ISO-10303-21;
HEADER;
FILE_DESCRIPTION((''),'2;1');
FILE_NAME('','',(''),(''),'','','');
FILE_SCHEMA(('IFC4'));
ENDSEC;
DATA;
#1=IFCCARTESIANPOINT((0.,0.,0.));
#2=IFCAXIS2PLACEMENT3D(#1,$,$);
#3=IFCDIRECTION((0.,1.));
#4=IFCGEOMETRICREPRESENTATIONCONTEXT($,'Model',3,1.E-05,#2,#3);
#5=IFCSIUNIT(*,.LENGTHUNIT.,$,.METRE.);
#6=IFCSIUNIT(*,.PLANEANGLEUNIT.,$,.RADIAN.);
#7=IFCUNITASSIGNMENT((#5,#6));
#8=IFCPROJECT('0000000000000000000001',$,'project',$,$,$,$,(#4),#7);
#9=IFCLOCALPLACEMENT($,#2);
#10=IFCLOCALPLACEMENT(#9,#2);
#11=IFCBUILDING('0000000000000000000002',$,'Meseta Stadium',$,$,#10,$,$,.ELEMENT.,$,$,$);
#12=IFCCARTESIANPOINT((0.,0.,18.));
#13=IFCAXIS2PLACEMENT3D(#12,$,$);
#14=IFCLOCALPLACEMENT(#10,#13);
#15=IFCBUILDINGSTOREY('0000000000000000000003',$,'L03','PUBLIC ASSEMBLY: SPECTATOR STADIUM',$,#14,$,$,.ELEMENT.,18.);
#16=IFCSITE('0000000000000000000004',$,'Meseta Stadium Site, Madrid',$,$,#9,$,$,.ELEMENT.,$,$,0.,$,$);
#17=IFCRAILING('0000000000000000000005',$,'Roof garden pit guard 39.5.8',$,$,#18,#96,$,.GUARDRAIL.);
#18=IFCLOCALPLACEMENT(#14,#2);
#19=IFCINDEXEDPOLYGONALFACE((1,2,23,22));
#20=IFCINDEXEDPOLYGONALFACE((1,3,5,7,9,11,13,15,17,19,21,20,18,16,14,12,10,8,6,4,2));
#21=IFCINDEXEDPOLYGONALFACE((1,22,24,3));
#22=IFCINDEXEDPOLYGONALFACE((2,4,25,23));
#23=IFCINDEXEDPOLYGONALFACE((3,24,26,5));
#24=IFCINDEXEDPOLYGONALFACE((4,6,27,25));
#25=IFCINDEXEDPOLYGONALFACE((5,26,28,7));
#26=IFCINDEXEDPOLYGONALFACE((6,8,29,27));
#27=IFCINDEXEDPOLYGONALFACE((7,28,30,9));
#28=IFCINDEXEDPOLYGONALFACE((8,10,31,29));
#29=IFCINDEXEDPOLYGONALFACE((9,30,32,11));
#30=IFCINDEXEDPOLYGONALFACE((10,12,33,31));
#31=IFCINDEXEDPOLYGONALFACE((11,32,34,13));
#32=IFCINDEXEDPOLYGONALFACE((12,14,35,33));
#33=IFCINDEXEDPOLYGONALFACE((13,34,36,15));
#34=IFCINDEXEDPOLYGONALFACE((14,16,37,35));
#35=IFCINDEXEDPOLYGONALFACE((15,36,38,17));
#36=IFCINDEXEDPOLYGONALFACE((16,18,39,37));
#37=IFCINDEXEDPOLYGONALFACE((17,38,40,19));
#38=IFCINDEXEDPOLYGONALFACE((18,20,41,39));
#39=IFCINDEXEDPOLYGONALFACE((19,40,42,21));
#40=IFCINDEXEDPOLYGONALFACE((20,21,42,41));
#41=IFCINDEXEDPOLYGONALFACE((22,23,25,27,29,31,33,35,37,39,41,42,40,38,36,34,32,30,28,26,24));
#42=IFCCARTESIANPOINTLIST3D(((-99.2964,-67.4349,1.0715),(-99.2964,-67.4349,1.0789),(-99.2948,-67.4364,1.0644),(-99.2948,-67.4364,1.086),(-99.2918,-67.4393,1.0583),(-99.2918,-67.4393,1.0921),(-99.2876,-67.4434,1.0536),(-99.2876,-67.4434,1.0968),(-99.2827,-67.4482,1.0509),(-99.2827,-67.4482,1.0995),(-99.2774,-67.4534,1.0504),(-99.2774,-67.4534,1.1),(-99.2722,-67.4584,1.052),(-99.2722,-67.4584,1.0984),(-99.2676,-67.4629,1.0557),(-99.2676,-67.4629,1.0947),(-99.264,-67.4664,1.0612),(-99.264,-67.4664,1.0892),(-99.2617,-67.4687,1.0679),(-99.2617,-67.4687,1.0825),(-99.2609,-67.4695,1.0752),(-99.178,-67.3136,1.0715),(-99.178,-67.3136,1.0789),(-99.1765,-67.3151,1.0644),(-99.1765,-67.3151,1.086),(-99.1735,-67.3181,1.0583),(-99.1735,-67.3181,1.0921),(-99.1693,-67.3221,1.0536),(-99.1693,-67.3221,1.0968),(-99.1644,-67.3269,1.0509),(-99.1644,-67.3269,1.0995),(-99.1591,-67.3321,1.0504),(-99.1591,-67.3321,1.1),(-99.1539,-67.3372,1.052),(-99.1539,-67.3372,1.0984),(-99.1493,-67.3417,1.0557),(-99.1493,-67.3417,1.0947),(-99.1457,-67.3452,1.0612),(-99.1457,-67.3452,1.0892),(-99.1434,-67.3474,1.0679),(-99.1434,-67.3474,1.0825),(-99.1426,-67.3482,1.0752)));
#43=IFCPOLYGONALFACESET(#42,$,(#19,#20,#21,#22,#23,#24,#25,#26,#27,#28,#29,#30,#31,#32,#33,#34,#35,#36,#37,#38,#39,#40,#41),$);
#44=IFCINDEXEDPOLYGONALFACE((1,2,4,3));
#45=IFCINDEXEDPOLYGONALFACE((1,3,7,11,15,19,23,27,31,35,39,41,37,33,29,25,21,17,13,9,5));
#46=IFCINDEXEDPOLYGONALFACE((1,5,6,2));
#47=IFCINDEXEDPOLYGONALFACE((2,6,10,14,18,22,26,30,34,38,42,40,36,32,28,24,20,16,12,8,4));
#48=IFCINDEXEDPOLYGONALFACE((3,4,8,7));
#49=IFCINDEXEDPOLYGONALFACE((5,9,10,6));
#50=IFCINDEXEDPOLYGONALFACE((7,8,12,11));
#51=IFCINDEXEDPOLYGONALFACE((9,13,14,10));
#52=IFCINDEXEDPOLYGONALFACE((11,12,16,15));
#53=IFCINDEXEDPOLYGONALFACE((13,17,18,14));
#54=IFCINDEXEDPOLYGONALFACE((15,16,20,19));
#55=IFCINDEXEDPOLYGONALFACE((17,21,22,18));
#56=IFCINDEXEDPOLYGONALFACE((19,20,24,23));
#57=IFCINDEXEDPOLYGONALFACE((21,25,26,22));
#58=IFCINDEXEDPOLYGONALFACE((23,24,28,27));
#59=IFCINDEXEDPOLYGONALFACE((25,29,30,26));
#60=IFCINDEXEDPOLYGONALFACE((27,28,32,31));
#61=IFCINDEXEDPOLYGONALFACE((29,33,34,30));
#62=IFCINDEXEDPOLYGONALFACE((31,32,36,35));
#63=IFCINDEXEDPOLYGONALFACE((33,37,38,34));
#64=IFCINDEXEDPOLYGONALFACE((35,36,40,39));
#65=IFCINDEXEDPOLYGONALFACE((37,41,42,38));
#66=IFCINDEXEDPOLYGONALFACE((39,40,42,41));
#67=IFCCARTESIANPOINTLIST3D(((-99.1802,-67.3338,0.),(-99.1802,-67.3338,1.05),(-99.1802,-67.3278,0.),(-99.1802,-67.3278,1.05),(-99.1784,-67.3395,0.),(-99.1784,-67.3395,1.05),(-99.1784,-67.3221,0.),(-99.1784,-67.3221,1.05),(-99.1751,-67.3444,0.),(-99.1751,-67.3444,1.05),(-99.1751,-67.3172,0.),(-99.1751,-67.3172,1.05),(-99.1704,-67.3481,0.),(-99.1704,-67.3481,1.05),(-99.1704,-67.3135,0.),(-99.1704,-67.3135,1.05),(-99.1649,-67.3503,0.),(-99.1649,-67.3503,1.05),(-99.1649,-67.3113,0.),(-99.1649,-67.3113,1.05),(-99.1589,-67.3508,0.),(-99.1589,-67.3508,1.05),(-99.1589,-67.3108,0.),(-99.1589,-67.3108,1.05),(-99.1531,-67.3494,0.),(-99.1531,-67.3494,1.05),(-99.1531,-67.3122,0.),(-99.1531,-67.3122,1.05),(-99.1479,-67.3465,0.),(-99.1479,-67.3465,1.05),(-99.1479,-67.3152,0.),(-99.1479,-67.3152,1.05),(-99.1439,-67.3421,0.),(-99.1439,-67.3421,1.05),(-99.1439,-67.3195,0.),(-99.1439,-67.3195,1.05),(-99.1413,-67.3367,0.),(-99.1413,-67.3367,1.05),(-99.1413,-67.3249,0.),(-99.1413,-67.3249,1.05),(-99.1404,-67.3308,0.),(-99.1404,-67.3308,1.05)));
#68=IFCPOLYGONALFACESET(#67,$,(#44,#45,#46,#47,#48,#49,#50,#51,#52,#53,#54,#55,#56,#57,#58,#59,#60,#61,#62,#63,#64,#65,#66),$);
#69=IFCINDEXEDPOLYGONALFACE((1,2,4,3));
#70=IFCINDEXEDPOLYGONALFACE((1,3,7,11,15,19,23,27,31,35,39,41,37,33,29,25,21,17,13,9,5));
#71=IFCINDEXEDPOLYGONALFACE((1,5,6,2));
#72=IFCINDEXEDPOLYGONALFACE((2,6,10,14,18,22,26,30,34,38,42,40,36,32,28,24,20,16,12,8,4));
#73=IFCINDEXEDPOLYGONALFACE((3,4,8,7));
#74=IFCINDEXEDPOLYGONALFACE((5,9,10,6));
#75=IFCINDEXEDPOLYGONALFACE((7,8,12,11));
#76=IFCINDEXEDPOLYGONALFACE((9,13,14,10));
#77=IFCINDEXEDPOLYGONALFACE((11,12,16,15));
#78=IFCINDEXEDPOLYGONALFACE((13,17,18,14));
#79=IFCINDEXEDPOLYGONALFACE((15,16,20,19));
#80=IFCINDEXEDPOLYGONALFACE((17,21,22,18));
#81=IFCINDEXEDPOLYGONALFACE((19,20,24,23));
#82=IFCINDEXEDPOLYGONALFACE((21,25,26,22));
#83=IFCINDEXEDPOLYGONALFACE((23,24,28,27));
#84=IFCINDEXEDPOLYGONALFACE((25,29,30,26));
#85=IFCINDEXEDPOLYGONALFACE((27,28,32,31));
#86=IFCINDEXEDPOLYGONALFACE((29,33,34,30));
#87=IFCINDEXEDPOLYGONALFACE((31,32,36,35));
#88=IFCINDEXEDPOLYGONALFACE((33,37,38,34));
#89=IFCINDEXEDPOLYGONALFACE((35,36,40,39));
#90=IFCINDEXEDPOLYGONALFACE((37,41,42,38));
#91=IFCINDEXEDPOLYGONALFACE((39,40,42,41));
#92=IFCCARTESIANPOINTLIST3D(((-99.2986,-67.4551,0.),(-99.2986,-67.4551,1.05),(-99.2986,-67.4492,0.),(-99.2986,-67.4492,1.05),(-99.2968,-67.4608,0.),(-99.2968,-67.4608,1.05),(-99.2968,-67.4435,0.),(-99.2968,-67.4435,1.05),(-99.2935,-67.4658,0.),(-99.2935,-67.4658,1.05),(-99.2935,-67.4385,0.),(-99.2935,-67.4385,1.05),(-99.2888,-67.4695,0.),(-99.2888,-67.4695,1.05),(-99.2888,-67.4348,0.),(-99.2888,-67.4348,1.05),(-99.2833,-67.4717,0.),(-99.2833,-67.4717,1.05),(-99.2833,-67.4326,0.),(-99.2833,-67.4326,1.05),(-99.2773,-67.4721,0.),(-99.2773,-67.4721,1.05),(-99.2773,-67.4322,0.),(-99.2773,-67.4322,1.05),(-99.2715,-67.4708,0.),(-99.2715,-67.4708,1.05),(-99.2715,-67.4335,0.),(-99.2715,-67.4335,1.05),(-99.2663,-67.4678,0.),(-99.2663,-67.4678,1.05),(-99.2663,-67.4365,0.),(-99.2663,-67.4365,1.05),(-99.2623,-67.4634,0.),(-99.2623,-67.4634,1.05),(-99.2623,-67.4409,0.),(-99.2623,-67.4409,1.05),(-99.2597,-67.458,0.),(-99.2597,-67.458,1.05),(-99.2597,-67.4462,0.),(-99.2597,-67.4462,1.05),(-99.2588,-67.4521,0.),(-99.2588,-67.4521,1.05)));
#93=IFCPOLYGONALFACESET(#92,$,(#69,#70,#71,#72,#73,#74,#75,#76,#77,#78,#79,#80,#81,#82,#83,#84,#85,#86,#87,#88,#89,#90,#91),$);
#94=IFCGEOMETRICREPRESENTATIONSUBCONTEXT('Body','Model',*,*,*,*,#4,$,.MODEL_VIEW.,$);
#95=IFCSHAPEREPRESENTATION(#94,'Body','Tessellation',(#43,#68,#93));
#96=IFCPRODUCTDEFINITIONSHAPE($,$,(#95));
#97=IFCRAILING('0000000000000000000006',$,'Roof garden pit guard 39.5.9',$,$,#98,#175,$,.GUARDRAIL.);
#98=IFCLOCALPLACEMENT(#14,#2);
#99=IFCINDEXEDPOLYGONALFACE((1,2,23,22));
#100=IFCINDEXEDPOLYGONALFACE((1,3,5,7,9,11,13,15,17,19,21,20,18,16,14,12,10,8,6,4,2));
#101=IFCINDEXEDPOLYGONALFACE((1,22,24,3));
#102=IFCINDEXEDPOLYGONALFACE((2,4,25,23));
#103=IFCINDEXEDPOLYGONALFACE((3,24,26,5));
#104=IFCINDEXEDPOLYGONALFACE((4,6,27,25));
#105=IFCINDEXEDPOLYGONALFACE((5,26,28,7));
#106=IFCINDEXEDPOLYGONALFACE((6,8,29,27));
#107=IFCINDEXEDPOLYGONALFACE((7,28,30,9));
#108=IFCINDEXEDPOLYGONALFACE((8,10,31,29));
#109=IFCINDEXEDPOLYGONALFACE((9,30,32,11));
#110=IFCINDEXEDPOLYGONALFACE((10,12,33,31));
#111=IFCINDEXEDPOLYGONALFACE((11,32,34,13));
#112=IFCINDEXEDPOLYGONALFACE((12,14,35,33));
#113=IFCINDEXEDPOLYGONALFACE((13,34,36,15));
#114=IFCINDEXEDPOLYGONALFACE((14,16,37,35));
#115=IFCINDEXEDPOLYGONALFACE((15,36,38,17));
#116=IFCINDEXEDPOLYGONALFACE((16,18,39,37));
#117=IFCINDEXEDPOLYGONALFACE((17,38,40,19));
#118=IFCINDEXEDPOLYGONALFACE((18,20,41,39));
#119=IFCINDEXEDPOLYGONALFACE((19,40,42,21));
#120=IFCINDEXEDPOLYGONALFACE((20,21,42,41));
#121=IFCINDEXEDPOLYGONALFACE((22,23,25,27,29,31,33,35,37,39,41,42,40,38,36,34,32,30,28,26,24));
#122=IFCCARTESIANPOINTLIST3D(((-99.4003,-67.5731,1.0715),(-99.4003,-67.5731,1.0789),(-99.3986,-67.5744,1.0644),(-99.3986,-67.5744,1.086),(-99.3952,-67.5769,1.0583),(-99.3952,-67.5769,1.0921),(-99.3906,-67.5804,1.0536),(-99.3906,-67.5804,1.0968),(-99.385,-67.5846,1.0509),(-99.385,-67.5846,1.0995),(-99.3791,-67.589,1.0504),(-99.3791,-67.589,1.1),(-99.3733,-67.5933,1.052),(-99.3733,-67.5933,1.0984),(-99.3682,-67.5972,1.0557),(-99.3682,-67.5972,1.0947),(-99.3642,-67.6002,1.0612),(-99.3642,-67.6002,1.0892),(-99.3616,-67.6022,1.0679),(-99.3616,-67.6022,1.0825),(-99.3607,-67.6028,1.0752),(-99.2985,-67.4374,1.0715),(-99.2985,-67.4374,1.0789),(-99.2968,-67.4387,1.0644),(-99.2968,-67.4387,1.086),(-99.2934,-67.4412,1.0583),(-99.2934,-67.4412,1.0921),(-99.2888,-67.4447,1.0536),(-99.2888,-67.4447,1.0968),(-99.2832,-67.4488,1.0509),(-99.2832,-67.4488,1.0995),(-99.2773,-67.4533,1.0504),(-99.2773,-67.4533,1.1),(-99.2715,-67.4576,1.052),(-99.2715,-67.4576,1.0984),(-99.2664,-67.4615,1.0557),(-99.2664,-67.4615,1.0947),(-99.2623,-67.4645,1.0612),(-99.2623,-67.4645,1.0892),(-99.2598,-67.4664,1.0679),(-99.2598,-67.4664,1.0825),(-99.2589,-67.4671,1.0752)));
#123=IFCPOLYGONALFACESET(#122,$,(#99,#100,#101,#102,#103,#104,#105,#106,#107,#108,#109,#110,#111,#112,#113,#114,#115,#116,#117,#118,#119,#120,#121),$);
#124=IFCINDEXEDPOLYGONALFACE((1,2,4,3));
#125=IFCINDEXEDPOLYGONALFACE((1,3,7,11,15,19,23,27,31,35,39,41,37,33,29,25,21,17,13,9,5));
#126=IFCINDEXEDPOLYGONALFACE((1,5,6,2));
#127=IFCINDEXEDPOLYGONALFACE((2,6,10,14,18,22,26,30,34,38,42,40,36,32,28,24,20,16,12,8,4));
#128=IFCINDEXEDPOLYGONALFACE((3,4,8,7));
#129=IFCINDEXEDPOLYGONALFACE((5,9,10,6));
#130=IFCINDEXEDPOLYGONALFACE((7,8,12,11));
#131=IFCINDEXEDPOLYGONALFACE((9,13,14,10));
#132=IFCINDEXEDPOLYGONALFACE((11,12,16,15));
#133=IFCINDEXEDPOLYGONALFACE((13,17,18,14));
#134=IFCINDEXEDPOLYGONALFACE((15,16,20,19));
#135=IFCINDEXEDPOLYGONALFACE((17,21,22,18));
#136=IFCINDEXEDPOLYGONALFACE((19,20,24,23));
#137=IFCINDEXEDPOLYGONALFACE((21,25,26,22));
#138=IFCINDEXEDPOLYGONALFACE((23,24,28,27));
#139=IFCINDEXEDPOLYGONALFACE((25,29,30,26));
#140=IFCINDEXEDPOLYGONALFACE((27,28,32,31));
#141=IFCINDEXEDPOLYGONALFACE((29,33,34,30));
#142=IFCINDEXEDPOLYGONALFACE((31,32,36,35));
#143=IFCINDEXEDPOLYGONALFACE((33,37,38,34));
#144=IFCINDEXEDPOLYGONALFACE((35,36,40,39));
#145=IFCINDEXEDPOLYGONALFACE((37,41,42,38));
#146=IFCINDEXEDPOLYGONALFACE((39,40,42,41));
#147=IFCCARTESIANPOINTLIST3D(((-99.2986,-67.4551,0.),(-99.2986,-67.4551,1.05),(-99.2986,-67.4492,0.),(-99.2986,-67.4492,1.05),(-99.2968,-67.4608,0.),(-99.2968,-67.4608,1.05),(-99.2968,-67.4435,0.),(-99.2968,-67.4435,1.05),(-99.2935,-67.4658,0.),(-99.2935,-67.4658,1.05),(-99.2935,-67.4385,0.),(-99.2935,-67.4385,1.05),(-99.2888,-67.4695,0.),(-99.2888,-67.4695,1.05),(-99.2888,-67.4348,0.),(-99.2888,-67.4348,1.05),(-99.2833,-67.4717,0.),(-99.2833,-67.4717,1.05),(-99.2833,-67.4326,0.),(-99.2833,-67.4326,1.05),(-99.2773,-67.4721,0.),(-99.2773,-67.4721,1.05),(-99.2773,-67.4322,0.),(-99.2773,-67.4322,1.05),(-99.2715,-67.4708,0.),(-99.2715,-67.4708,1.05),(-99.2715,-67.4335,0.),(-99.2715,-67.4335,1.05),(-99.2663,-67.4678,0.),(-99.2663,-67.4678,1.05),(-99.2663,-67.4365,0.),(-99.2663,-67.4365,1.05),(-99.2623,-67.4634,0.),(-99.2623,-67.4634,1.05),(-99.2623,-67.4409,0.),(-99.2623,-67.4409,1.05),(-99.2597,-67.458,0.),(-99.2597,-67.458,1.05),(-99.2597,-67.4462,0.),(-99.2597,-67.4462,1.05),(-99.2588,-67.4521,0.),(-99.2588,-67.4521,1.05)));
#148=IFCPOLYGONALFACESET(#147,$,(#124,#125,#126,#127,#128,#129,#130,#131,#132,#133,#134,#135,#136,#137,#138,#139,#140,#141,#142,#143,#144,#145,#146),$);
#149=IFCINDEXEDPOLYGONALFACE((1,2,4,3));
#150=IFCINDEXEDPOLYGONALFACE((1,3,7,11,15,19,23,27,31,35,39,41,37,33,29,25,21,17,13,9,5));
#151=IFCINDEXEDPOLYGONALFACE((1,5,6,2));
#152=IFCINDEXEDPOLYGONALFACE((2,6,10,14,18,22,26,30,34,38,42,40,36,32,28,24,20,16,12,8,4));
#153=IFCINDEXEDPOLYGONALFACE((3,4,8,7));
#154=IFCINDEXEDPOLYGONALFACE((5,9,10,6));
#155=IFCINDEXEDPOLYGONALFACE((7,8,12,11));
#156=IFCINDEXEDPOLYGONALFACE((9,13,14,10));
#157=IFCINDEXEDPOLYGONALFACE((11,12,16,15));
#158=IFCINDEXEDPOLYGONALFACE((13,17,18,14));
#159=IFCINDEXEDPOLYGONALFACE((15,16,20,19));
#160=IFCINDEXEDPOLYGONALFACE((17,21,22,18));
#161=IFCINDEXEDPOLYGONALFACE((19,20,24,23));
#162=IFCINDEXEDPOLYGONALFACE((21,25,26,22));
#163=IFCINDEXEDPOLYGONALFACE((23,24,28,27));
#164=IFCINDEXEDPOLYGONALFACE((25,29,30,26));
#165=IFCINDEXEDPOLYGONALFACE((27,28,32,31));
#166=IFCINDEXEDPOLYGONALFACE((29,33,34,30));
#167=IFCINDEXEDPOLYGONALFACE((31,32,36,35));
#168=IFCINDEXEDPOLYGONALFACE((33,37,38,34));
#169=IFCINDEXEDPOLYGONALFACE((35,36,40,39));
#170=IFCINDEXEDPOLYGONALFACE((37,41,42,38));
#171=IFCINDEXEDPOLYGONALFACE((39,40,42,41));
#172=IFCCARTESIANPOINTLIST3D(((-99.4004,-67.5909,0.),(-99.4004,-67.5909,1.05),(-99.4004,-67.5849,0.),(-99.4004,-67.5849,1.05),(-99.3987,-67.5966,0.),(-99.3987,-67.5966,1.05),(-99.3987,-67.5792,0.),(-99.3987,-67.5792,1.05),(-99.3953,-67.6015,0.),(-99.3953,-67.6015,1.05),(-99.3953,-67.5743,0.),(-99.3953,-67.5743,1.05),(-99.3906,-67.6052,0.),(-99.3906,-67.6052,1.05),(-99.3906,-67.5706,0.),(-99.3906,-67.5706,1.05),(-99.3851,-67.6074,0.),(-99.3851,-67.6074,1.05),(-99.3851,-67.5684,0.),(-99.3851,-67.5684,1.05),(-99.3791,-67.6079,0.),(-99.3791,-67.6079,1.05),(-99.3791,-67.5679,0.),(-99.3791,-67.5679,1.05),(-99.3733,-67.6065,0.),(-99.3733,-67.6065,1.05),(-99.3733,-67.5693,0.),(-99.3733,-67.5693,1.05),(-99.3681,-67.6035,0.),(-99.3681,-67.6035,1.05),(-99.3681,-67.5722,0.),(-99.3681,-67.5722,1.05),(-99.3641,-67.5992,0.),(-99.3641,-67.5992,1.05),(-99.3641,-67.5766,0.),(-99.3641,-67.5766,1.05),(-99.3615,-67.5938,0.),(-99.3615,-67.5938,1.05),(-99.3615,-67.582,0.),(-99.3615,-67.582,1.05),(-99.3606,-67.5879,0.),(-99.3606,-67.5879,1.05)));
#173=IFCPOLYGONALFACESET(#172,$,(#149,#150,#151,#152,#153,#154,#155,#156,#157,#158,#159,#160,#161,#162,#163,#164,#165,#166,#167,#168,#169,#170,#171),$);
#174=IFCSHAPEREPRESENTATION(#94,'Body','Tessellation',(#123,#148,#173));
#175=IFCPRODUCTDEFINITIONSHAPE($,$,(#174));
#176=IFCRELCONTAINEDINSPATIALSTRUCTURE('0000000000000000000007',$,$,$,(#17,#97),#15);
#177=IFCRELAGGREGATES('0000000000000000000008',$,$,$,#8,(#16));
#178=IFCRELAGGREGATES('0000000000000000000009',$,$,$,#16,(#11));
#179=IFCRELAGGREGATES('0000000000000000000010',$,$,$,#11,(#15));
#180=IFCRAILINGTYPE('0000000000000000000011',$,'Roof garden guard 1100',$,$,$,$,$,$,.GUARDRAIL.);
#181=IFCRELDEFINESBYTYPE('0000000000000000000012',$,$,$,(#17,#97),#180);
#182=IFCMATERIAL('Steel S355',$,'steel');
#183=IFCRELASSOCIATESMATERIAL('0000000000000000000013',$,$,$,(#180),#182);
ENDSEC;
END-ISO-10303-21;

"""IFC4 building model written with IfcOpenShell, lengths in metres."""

from ifc_helpers import new_model, si_unit, direction, frame, origin, origin_2d, place, context, subcontext, project, spatial, circle, extrude, material, type_object, element, save


model = new_model("IFC4")

# Units and contexts
model_context = context("Model", 3, precision=1e-05, world=origin(), true_north=direction((0.0, 1.0)))
body_context = subcontext(model_context, "Body", "Model", "MODEL_VIEW")
ifc_project = project(units=[si_unit("LENGTHUNIT", "METRE"), si_unit("PLANEANGLEUNIT", "RADIAN")], contexts=[model_context])

# Site, building, storey
site_placement = place(None, origin())
site = spatial("IfcSite", under=ifc_project, at=site_placement, Name="Meseta Stadium Site, Madrid", CompositionType="ELEMENT", RefElevation=0.0)
building_placement = place(site_placement, origin())
building = spatial("IfcBuilding", under=site, at=building_placement, Name="Meseta Stadium", CompositionType="ELEMENT")
storey_placement = place(building_placement, frame((0.0, 0.0, 18.0)))
storey = spatial("IfcBuildingStorey", under=building, at=storey_placement, Name="L03", Description="PUBLIC ASSEMBLY: SPECTATOR STADIUM", CompositionType="ELEMENT", Elevation=18.0)

# Railings
ifc_material_1 = material(Name="Steel S355", Category="steel")
railing_type = type_object("IfcRailingType", Name="Roof garden guard 1100", PredefinedType="GUARDRAIL", material=ifc_material_1)
railing_1_placement = place(storey_placement, frame((-99.1604, -67.3308, 0.0)))
element("IfcRailing", 1, at=railing_1_placement, inside=storey, type_object=railing_type, Name="Roof garden pit guard 39.5.8", PredefinedType="GUARDRAIL", context=body_context, shape_type="SweptSolid", body=[
    extrude(circle(Radius=0.0249, at=origin_2d()), frame((0.0, 0.0, 1.0752), z_axis=(-0.698414, -0.715694, 0.0), x_axis=(0.715694, -0.698414, 0.0)), (0.0, 0.0, 1.0), 0.1694),
    extrude(circle(Radius=0.02, at=origin_2d()), origin(), (0.0, 0.0, 1.0), 1.05),
    extrude(circle(Radius=0.02, at=origin_2d()), frame((-0.1184, -0.1213, 0.0)), (0.0, 0.0, 1.0), 1.05),
])
railing_2_placement = place(storey_placement, frame((-99.2788, -67.4521, 0.0)))
element("IfcRailing", 2, at=railing_2_placement, inside=storey, type_object=railing_type, Name="Roof garden pit guard 39.5.9", PredefinedType="GUARDRAIL", context=body_context, shape_type="SweptSolid", body=[
    extrude(circle(Radius=0.0249, at=origin_2d()), frame((0.0, 0.0, 1.0752), z_axis=(-0.6, -0.8, 0.0), x_axis=(0.8, -0.6, 0.0)), (0.0, 0.0, 1.0), 0.1697),
    extrude(circle(Radius=0.02, at=origin_2d()), origin(), (0.0, 0.0, 1.0), 1.05),
    extrude(circle(Radius=0.02, at=origin_2d()), frame((-0.1018, -0.1357, 0.0)), (0.0, 0.0, 1.0), 1.05),
])

save(model, "model.ifc")
